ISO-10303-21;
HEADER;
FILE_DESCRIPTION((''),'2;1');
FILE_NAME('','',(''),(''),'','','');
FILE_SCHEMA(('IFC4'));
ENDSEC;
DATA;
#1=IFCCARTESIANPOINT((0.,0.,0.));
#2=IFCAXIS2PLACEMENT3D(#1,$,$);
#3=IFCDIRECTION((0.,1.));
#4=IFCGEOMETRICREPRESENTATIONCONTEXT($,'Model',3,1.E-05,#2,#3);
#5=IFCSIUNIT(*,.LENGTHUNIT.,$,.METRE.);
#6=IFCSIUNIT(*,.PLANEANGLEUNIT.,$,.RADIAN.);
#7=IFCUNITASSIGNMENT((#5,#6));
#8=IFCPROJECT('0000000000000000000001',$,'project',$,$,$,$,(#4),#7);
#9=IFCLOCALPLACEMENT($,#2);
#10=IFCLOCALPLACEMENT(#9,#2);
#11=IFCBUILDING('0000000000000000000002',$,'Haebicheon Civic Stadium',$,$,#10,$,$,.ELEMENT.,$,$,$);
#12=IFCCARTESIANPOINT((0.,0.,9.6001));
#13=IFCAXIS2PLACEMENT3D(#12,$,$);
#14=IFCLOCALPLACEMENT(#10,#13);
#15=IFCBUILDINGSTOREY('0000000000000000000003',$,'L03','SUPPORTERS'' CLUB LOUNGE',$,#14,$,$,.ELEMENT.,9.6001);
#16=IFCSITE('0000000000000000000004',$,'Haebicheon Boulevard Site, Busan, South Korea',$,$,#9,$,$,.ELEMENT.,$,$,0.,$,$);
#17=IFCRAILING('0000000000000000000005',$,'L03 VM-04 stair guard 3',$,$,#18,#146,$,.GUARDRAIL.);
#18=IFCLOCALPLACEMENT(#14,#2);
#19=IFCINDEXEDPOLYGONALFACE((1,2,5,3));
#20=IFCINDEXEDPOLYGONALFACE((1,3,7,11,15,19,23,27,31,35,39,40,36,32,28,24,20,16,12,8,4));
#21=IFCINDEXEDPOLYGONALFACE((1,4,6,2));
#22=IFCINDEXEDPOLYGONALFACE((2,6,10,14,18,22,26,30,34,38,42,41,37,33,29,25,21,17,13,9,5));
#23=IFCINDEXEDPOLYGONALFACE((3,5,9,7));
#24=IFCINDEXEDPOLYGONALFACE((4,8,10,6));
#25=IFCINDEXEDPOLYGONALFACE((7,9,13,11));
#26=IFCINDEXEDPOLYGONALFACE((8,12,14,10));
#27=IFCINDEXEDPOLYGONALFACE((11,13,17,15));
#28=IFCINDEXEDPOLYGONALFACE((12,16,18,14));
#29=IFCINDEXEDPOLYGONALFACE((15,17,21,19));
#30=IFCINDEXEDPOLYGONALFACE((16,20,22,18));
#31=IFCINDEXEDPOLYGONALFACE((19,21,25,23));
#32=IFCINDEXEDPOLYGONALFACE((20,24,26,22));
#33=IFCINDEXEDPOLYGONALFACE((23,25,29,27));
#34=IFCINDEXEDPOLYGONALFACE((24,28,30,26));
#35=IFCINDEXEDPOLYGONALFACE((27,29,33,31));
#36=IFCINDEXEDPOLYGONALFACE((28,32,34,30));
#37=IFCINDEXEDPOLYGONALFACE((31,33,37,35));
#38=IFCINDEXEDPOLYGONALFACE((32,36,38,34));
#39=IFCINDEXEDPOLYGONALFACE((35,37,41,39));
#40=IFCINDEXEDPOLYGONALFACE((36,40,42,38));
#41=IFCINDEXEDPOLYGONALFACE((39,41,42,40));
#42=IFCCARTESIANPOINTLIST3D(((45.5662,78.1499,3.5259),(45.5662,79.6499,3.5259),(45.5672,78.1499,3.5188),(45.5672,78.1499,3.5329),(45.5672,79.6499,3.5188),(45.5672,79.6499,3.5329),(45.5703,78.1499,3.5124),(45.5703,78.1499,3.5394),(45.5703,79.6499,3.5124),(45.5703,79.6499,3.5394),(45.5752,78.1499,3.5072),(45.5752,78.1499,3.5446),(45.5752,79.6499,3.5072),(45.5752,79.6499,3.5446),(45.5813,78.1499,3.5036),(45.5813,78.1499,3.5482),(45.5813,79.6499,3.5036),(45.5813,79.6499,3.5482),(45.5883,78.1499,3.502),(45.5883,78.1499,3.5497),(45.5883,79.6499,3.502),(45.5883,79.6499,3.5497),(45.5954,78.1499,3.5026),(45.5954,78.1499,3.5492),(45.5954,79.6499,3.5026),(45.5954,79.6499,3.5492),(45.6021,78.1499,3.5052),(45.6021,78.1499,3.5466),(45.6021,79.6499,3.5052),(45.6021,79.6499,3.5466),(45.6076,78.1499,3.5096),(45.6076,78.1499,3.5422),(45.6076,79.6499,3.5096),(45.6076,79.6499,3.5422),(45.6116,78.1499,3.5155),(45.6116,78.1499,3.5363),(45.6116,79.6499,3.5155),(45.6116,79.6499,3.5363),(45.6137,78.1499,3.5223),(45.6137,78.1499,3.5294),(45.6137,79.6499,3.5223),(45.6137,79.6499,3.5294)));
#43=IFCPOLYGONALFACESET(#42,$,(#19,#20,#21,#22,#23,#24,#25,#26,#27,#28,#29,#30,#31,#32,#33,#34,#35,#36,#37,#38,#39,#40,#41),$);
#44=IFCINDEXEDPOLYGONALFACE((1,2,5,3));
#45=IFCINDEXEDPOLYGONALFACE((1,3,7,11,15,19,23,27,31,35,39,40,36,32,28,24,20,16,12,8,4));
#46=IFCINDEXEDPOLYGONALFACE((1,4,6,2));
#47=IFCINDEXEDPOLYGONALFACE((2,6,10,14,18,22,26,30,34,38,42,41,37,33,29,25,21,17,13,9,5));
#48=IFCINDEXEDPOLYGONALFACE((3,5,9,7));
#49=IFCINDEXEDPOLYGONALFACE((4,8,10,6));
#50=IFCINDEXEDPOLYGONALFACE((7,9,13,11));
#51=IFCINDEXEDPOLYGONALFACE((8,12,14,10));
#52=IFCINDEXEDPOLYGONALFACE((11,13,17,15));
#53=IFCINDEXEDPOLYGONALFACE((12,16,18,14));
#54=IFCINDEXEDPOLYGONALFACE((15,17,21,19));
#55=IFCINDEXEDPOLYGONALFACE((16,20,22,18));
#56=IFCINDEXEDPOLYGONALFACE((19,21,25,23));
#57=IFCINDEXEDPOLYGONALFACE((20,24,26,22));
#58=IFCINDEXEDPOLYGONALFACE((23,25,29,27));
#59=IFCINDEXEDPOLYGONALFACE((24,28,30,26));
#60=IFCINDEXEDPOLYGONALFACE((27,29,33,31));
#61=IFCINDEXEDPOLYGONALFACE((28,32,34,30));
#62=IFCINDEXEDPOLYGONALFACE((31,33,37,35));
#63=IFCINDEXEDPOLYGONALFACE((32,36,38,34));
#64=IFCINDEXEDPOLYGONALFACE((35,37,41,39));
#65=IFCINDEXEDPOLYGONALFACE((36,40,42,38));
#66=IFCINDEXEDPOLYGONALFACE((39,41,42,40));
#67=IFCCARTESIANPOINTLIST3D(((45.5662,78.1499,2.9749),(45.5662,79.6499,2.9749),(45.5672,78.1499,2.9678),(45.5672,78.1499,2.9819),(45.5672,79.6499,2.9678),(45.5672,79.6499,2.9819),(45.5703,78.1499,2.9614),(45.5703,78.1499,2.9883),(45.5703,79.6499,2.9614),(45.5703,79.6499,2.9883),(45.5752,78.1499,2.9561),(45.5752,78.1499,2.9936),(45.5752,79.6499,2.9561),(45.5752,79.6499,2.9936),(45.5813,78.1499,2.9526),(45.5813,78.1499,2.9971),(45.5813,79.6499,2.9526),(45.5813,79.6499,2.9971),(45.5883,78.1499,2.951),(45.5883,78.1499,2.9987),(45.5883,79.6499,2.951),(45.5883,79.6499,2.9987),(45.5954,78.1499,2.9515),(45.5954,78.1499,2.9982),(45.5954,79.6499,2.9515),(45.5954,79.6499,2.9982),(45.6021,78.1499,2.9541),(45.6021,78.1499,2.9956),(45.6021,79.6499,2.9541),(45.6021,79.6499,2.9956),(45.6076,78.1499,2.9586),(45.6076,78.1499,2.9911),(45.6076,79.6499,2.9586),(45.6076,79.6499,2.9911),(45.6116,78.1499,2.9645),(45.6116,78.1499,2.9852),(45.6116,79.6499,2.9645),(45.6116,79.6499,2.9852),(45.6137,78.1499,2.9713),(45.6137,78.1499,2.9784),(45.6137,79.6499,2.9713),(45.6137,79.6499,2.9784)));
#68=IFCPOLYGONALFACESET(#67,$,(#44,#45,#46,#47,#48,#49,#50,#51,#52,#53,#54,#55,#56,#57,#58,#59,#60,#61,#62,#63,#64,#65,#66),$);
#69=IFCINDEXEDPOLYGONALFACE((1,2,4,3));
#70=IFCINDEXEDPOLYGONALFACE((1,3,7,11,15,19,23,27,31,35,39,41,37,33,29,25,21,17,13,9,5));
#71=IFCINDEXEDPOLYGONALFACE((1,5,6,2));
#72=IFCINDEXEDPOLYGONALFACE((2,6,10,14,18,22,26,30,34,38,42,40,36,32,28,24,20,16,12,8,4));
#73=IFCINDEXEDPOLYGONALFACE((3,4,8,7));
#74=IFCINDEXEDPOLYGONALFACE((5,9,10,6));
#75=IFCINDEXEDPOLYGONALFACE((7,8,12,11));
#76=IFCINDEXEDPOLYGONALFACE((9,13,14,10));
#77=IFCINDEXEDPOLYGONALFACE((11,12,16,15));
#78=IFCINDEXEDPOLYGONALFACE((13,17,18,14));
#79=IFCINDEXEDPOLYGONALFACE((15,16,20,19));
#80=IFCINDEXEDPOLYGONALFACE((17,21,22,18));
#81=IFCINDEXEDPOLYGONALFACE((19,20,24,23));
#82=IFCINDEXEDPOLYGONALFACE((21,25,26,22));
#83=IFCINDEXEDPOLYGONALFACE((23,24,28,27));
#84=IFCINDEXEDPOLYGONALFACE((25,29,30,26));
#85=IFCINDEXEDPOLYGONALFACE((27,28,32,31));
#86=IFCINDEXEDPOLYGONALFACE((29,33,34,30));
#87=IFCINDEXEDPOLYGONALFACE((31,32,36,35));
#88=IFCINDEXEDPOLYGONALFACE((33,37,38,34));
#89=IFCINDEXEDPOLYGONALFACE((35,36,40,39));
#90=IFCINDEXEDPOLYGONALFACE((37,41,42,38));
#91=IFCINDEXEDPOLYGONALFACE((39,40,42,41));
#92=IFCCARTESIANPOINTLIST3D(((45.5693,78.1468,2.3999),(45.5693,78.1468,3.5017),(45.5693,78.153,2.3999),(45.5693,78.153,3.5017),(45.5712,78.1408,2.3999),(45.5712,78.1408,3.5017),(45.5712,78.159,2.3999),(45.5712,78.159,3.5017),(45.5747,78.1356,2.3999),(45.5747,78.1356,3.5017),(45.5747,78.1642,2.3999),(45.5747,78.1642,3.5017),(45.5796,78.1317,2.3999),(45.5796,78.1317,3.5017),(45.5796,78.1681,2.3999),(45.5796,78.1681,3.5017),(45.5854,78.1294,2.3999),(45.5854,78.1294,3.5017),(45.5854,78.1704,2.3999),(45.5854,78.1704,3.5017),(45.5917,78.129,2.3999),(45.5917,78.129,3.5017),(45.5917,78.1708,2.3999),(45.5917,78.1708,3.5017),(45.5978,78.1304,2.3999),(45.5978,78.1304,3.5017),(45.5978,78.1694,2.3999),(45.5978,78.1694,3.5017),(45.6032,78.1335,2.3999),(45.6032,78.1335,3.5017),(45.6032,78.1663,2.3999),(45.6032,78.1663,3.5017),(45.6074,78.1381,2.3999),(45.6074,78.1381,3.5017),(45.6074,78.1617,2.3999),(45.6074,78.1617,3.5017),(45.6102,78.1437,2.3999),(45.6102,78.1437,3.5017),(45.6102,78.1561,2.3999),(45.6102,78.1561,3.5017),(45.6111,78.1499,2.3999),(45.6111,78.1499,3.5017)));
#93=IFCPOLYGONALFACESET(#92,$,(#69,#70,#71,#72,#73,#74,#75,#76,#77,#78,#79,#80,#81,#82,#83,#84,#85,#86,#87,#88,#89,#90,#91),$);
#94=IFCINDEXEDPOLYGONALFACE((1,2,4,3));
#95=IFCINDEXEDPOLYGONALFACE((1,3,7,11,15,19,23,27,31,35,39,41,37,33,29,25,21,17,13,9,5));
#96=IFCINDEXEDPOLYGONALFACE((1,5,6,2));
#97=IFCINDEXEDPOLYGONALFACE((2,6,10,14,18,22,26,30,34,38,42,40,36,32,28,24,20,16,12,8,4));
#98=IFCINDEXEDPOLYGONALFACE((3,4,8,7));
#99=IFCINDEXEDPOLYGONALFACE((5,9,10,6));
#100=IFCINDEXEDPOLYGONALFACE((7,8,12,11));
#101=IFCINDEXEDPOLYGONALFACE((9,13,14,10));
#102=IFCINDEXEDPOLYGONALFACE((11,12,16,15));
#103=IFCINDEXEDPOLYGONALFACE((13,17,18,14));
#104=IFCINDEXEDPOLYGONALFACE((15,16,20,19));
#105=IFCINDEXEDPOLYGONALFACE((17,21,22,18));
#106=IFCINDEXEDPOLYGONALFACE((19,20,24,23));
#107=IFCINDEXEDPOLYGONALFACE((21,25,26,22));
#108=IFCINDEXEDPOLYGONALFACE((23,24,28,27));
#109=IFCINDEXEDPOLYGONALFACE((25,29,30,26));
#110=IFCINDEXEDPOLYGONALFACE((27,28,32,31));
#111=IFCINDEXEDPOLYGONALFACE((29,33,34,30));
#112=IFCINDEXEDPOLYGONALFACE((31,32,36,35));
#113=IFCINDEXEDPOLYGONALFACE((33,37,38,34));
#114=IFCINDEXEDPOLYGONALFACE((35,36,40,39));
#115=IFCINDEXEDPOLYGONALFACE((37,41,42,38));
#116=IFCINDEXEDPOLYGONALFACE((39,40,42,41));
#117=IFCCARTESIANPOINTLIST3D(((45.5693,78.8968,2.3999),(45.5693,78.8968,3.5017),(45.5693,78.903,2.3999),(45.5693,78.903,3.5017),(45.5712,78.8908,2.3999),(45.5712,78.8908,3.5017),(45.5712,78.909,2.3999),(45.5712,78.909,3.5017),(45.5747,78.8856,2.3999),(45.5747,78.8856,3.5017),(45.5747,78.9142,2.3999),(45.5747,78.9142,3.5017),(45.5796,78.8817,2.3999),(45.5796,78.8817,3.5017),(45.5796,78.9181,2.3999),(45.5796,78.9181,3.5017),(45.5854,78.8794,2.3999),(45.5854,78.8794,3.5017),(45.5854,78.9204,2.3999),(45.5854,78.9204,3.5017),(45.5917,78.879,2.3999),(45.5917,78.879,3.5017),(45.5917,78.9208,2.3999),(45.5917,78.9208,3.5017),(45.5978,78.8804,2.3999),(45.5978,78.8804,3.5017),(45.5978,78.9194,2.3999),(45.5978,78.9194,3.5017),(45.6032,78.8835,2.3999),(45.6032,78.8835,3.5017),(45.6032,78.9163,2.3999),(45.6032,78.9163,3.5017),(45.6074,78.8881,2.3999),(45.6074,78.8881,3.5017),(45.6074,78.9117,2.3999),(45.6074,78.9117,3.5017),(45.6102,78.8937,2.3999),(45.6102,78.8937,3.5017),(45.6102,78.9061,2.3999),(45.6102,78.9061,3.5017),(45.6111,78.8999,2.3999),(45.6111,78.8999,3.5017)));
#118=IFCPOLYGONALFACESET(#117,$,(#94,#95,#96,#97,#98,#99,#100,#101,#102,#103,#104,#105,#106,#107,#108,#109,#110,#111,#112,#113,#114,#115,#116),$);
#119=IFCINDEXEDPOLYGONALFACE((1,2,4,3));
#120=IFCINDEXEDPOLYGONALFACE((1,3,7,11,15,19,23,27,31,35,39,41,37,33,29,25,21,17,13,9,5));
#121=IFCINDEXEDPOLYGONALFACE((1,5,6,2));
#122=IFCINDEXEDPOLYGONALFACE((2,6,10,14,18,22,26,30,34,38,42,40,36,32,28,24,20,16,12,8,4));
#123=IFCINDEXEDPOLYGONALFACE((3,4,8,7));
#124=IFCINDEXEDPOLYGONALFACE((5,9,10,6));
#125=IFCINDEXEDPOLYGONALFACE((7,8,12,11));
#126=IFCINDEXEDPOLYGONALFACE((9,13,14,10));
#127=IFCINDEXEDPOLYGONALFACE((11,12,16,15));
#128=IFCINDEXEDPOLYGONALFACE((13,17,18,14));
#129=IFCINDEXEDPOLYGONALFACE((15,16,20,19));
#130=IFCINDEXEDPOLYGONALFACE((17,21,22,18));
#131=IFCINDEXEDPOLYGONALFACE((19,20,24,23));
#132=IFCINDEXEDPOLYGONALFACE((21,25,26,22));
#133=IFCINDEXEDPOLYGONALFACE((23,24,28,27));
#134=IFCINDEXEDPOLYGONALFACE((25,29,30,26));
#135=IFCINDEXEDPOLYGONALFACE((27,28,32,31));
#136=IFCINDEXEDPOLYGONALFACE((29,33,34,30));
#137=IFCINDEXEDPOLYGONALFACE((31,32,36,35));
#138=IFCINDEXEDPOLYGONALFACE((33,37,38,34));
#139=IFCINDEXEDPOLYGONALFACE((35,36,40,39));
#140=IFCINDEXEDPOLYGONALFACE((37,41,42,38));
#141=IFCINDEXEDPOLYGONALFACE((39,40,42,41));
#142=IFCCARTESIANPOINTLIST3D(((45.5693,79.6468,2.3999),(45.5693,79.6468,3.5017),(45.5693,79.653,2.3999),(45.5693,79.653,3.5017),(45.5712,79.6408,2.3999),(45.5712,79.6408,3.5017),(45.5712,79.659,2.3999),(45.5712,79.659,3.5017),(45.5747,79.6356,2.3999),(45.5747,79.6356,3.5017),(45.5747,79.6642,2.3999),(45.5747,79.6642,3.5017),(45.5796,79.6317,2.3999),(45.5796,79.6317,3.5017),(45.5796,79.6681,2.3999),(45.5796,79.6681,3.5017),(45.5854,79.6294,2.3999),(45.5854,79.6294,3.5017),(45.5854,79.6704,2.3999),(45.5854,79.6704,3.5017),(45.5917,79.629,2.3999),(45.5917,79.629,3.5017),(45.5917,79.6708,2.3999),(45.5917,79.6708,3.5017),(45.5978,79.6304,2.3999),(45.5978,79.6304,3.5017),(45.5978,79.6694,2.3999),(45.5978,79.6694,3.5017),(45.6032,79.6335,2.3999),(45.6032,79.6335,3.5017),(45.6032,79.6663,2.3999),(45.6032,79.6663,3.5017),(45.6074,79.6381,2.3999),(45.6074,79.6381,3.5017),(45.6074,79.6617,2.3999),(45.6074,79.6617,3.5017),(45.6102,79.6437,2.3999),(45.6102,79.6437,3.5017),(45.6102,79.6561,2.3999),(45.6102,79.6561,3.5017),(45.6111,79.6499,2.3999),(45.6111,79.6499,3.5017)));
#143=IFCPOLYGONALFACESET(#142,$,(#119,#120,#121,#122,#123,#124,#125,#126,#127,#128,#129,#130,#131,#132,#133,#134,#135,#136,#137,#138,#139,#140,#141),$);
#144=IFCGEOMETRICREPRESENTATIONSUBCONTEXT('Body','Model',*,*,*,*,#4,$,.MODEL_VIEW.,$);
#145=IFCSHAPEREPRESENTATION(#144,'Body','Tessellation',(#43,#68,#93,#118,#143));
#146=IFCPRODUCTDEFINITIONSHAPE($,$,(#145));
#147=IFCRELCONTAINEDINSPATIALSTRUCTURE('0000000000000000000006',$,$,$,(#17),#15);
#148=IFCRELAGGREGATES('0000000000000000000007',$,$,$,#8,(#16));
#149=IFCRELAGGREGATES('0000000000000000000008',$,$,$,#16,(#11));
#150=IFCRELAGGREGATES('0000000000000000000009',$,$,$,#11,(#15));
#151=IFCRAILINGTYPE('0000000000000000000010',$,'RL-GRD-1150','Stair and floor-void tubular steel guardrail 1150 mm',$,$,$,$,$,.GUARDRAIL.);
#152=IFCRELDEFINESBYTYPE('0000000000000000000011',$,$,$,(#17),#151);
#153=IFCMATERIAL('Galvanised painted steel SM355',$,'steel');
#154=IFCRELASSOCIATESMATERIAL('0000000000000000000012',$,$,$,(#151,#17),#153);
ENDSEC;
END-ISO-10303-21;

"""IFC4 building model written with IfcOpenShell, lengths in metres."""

from ifc_helpers import new_model, si_unit, direction, frame, origin, origin_2d, place, context, subcontext, project, spatial, circle, extrude, material, type_object, element, save


model = new_model("IFC4")

# Units and contexts
model_context = context("Model", 3, precision=1e-05, world=origin(), true_north=direction((0.0, 1.0)))
body_context = subcontext(model_context, "Body", "Model", "MODEL_VIEW")
ifc_project = project(units=[si_unit("LENGTHUNIT", "METRE"), si_unit("PLANEANGLEUNIT", "RADIAN")], contexts=[model_context])

# Site, building, storey
site_placement = place(None, origin())
site = spatial("IfcSite", under=ifc_project, at=site_placement, Name="Haebicheon Boulevard Site, Busan, South Korea", CompositionType="ELEMENT", RefElevation=0.0)
building_placement = place(site_placement, origin())
building = spatial("IfcBuilding", under=site, at=building_placement, Name="Haebicheon Civic Stadium", CompositionType="ELEMENT")
storey_placement = place(building_placement, frame((0.0, 0.0, 9.6001)))
storey = spatial("IfcBuildingStorey", under=building, at=storey_placement, Name="L03", Description="SUPPORTERS' CLUB LOUNGE", CompositionType="ELEMENT", Elevation=9.6001)

# Railing
ifc_material_1 = material(Name="Galvanised painted steel SM355", Category="steel")
railing_type_1 = type_object("IfcRailingType", Name="RL-GRD-1150", Description="Stair and floor-void tubular steel guardrail 1150 mm", PredefinedType="GUARDRAIL", material=ifc_material_1)
for number, where, name in (
    (1, (45.5901, 78.1499, 2.3999), "L03 VM-04 stair guard 3"),
):
    element("IfcRailing", number, at=place(storey_placement, frame(where)), inside=storey, type_object=railing_type_1, material=ifc_material_1, Name=name, PredefinedType="GUARDRAIL", context=body_context, shape_type="SweptSolid", body=[
        extrude(circle(Radius=0.0239, at=origin_2d()), frame((0.0, 0.0, 1.126), z_axis=(0.0, 1.0, 0.0), x_axis=(-1.0, 0.0, 0.0)), (0.0, 0.0, 1.0), 1.5),
        extrude(circle(Radius=0.0239, at=origin_2d()), frame((0.0, 0.0, 0.575), z_axis=(0.0, 1.0, 0.0), x_axis=(-1.0, 0.0, 0.0)), (0.0, 0.0, 1.0), 1.5),
        extrude(circle(Radius=0.021, at=origin_2d()), origin(), (0.0, 0.0, 1.0), 1.1018),
        extrude(circle(Radius=0.021, at=origin_2d()), frame((0.0, 0.75, 0.0)), (0.0, 0.0, 1.0), 1.1018),
        extrude(circle(Radius=0.021, at=origin_2d()), frame((0.0, 1.5, 0.0)), (0.0, 0.0, 1.0), 1.1018),
    ])

save(model, "model.ifc")
